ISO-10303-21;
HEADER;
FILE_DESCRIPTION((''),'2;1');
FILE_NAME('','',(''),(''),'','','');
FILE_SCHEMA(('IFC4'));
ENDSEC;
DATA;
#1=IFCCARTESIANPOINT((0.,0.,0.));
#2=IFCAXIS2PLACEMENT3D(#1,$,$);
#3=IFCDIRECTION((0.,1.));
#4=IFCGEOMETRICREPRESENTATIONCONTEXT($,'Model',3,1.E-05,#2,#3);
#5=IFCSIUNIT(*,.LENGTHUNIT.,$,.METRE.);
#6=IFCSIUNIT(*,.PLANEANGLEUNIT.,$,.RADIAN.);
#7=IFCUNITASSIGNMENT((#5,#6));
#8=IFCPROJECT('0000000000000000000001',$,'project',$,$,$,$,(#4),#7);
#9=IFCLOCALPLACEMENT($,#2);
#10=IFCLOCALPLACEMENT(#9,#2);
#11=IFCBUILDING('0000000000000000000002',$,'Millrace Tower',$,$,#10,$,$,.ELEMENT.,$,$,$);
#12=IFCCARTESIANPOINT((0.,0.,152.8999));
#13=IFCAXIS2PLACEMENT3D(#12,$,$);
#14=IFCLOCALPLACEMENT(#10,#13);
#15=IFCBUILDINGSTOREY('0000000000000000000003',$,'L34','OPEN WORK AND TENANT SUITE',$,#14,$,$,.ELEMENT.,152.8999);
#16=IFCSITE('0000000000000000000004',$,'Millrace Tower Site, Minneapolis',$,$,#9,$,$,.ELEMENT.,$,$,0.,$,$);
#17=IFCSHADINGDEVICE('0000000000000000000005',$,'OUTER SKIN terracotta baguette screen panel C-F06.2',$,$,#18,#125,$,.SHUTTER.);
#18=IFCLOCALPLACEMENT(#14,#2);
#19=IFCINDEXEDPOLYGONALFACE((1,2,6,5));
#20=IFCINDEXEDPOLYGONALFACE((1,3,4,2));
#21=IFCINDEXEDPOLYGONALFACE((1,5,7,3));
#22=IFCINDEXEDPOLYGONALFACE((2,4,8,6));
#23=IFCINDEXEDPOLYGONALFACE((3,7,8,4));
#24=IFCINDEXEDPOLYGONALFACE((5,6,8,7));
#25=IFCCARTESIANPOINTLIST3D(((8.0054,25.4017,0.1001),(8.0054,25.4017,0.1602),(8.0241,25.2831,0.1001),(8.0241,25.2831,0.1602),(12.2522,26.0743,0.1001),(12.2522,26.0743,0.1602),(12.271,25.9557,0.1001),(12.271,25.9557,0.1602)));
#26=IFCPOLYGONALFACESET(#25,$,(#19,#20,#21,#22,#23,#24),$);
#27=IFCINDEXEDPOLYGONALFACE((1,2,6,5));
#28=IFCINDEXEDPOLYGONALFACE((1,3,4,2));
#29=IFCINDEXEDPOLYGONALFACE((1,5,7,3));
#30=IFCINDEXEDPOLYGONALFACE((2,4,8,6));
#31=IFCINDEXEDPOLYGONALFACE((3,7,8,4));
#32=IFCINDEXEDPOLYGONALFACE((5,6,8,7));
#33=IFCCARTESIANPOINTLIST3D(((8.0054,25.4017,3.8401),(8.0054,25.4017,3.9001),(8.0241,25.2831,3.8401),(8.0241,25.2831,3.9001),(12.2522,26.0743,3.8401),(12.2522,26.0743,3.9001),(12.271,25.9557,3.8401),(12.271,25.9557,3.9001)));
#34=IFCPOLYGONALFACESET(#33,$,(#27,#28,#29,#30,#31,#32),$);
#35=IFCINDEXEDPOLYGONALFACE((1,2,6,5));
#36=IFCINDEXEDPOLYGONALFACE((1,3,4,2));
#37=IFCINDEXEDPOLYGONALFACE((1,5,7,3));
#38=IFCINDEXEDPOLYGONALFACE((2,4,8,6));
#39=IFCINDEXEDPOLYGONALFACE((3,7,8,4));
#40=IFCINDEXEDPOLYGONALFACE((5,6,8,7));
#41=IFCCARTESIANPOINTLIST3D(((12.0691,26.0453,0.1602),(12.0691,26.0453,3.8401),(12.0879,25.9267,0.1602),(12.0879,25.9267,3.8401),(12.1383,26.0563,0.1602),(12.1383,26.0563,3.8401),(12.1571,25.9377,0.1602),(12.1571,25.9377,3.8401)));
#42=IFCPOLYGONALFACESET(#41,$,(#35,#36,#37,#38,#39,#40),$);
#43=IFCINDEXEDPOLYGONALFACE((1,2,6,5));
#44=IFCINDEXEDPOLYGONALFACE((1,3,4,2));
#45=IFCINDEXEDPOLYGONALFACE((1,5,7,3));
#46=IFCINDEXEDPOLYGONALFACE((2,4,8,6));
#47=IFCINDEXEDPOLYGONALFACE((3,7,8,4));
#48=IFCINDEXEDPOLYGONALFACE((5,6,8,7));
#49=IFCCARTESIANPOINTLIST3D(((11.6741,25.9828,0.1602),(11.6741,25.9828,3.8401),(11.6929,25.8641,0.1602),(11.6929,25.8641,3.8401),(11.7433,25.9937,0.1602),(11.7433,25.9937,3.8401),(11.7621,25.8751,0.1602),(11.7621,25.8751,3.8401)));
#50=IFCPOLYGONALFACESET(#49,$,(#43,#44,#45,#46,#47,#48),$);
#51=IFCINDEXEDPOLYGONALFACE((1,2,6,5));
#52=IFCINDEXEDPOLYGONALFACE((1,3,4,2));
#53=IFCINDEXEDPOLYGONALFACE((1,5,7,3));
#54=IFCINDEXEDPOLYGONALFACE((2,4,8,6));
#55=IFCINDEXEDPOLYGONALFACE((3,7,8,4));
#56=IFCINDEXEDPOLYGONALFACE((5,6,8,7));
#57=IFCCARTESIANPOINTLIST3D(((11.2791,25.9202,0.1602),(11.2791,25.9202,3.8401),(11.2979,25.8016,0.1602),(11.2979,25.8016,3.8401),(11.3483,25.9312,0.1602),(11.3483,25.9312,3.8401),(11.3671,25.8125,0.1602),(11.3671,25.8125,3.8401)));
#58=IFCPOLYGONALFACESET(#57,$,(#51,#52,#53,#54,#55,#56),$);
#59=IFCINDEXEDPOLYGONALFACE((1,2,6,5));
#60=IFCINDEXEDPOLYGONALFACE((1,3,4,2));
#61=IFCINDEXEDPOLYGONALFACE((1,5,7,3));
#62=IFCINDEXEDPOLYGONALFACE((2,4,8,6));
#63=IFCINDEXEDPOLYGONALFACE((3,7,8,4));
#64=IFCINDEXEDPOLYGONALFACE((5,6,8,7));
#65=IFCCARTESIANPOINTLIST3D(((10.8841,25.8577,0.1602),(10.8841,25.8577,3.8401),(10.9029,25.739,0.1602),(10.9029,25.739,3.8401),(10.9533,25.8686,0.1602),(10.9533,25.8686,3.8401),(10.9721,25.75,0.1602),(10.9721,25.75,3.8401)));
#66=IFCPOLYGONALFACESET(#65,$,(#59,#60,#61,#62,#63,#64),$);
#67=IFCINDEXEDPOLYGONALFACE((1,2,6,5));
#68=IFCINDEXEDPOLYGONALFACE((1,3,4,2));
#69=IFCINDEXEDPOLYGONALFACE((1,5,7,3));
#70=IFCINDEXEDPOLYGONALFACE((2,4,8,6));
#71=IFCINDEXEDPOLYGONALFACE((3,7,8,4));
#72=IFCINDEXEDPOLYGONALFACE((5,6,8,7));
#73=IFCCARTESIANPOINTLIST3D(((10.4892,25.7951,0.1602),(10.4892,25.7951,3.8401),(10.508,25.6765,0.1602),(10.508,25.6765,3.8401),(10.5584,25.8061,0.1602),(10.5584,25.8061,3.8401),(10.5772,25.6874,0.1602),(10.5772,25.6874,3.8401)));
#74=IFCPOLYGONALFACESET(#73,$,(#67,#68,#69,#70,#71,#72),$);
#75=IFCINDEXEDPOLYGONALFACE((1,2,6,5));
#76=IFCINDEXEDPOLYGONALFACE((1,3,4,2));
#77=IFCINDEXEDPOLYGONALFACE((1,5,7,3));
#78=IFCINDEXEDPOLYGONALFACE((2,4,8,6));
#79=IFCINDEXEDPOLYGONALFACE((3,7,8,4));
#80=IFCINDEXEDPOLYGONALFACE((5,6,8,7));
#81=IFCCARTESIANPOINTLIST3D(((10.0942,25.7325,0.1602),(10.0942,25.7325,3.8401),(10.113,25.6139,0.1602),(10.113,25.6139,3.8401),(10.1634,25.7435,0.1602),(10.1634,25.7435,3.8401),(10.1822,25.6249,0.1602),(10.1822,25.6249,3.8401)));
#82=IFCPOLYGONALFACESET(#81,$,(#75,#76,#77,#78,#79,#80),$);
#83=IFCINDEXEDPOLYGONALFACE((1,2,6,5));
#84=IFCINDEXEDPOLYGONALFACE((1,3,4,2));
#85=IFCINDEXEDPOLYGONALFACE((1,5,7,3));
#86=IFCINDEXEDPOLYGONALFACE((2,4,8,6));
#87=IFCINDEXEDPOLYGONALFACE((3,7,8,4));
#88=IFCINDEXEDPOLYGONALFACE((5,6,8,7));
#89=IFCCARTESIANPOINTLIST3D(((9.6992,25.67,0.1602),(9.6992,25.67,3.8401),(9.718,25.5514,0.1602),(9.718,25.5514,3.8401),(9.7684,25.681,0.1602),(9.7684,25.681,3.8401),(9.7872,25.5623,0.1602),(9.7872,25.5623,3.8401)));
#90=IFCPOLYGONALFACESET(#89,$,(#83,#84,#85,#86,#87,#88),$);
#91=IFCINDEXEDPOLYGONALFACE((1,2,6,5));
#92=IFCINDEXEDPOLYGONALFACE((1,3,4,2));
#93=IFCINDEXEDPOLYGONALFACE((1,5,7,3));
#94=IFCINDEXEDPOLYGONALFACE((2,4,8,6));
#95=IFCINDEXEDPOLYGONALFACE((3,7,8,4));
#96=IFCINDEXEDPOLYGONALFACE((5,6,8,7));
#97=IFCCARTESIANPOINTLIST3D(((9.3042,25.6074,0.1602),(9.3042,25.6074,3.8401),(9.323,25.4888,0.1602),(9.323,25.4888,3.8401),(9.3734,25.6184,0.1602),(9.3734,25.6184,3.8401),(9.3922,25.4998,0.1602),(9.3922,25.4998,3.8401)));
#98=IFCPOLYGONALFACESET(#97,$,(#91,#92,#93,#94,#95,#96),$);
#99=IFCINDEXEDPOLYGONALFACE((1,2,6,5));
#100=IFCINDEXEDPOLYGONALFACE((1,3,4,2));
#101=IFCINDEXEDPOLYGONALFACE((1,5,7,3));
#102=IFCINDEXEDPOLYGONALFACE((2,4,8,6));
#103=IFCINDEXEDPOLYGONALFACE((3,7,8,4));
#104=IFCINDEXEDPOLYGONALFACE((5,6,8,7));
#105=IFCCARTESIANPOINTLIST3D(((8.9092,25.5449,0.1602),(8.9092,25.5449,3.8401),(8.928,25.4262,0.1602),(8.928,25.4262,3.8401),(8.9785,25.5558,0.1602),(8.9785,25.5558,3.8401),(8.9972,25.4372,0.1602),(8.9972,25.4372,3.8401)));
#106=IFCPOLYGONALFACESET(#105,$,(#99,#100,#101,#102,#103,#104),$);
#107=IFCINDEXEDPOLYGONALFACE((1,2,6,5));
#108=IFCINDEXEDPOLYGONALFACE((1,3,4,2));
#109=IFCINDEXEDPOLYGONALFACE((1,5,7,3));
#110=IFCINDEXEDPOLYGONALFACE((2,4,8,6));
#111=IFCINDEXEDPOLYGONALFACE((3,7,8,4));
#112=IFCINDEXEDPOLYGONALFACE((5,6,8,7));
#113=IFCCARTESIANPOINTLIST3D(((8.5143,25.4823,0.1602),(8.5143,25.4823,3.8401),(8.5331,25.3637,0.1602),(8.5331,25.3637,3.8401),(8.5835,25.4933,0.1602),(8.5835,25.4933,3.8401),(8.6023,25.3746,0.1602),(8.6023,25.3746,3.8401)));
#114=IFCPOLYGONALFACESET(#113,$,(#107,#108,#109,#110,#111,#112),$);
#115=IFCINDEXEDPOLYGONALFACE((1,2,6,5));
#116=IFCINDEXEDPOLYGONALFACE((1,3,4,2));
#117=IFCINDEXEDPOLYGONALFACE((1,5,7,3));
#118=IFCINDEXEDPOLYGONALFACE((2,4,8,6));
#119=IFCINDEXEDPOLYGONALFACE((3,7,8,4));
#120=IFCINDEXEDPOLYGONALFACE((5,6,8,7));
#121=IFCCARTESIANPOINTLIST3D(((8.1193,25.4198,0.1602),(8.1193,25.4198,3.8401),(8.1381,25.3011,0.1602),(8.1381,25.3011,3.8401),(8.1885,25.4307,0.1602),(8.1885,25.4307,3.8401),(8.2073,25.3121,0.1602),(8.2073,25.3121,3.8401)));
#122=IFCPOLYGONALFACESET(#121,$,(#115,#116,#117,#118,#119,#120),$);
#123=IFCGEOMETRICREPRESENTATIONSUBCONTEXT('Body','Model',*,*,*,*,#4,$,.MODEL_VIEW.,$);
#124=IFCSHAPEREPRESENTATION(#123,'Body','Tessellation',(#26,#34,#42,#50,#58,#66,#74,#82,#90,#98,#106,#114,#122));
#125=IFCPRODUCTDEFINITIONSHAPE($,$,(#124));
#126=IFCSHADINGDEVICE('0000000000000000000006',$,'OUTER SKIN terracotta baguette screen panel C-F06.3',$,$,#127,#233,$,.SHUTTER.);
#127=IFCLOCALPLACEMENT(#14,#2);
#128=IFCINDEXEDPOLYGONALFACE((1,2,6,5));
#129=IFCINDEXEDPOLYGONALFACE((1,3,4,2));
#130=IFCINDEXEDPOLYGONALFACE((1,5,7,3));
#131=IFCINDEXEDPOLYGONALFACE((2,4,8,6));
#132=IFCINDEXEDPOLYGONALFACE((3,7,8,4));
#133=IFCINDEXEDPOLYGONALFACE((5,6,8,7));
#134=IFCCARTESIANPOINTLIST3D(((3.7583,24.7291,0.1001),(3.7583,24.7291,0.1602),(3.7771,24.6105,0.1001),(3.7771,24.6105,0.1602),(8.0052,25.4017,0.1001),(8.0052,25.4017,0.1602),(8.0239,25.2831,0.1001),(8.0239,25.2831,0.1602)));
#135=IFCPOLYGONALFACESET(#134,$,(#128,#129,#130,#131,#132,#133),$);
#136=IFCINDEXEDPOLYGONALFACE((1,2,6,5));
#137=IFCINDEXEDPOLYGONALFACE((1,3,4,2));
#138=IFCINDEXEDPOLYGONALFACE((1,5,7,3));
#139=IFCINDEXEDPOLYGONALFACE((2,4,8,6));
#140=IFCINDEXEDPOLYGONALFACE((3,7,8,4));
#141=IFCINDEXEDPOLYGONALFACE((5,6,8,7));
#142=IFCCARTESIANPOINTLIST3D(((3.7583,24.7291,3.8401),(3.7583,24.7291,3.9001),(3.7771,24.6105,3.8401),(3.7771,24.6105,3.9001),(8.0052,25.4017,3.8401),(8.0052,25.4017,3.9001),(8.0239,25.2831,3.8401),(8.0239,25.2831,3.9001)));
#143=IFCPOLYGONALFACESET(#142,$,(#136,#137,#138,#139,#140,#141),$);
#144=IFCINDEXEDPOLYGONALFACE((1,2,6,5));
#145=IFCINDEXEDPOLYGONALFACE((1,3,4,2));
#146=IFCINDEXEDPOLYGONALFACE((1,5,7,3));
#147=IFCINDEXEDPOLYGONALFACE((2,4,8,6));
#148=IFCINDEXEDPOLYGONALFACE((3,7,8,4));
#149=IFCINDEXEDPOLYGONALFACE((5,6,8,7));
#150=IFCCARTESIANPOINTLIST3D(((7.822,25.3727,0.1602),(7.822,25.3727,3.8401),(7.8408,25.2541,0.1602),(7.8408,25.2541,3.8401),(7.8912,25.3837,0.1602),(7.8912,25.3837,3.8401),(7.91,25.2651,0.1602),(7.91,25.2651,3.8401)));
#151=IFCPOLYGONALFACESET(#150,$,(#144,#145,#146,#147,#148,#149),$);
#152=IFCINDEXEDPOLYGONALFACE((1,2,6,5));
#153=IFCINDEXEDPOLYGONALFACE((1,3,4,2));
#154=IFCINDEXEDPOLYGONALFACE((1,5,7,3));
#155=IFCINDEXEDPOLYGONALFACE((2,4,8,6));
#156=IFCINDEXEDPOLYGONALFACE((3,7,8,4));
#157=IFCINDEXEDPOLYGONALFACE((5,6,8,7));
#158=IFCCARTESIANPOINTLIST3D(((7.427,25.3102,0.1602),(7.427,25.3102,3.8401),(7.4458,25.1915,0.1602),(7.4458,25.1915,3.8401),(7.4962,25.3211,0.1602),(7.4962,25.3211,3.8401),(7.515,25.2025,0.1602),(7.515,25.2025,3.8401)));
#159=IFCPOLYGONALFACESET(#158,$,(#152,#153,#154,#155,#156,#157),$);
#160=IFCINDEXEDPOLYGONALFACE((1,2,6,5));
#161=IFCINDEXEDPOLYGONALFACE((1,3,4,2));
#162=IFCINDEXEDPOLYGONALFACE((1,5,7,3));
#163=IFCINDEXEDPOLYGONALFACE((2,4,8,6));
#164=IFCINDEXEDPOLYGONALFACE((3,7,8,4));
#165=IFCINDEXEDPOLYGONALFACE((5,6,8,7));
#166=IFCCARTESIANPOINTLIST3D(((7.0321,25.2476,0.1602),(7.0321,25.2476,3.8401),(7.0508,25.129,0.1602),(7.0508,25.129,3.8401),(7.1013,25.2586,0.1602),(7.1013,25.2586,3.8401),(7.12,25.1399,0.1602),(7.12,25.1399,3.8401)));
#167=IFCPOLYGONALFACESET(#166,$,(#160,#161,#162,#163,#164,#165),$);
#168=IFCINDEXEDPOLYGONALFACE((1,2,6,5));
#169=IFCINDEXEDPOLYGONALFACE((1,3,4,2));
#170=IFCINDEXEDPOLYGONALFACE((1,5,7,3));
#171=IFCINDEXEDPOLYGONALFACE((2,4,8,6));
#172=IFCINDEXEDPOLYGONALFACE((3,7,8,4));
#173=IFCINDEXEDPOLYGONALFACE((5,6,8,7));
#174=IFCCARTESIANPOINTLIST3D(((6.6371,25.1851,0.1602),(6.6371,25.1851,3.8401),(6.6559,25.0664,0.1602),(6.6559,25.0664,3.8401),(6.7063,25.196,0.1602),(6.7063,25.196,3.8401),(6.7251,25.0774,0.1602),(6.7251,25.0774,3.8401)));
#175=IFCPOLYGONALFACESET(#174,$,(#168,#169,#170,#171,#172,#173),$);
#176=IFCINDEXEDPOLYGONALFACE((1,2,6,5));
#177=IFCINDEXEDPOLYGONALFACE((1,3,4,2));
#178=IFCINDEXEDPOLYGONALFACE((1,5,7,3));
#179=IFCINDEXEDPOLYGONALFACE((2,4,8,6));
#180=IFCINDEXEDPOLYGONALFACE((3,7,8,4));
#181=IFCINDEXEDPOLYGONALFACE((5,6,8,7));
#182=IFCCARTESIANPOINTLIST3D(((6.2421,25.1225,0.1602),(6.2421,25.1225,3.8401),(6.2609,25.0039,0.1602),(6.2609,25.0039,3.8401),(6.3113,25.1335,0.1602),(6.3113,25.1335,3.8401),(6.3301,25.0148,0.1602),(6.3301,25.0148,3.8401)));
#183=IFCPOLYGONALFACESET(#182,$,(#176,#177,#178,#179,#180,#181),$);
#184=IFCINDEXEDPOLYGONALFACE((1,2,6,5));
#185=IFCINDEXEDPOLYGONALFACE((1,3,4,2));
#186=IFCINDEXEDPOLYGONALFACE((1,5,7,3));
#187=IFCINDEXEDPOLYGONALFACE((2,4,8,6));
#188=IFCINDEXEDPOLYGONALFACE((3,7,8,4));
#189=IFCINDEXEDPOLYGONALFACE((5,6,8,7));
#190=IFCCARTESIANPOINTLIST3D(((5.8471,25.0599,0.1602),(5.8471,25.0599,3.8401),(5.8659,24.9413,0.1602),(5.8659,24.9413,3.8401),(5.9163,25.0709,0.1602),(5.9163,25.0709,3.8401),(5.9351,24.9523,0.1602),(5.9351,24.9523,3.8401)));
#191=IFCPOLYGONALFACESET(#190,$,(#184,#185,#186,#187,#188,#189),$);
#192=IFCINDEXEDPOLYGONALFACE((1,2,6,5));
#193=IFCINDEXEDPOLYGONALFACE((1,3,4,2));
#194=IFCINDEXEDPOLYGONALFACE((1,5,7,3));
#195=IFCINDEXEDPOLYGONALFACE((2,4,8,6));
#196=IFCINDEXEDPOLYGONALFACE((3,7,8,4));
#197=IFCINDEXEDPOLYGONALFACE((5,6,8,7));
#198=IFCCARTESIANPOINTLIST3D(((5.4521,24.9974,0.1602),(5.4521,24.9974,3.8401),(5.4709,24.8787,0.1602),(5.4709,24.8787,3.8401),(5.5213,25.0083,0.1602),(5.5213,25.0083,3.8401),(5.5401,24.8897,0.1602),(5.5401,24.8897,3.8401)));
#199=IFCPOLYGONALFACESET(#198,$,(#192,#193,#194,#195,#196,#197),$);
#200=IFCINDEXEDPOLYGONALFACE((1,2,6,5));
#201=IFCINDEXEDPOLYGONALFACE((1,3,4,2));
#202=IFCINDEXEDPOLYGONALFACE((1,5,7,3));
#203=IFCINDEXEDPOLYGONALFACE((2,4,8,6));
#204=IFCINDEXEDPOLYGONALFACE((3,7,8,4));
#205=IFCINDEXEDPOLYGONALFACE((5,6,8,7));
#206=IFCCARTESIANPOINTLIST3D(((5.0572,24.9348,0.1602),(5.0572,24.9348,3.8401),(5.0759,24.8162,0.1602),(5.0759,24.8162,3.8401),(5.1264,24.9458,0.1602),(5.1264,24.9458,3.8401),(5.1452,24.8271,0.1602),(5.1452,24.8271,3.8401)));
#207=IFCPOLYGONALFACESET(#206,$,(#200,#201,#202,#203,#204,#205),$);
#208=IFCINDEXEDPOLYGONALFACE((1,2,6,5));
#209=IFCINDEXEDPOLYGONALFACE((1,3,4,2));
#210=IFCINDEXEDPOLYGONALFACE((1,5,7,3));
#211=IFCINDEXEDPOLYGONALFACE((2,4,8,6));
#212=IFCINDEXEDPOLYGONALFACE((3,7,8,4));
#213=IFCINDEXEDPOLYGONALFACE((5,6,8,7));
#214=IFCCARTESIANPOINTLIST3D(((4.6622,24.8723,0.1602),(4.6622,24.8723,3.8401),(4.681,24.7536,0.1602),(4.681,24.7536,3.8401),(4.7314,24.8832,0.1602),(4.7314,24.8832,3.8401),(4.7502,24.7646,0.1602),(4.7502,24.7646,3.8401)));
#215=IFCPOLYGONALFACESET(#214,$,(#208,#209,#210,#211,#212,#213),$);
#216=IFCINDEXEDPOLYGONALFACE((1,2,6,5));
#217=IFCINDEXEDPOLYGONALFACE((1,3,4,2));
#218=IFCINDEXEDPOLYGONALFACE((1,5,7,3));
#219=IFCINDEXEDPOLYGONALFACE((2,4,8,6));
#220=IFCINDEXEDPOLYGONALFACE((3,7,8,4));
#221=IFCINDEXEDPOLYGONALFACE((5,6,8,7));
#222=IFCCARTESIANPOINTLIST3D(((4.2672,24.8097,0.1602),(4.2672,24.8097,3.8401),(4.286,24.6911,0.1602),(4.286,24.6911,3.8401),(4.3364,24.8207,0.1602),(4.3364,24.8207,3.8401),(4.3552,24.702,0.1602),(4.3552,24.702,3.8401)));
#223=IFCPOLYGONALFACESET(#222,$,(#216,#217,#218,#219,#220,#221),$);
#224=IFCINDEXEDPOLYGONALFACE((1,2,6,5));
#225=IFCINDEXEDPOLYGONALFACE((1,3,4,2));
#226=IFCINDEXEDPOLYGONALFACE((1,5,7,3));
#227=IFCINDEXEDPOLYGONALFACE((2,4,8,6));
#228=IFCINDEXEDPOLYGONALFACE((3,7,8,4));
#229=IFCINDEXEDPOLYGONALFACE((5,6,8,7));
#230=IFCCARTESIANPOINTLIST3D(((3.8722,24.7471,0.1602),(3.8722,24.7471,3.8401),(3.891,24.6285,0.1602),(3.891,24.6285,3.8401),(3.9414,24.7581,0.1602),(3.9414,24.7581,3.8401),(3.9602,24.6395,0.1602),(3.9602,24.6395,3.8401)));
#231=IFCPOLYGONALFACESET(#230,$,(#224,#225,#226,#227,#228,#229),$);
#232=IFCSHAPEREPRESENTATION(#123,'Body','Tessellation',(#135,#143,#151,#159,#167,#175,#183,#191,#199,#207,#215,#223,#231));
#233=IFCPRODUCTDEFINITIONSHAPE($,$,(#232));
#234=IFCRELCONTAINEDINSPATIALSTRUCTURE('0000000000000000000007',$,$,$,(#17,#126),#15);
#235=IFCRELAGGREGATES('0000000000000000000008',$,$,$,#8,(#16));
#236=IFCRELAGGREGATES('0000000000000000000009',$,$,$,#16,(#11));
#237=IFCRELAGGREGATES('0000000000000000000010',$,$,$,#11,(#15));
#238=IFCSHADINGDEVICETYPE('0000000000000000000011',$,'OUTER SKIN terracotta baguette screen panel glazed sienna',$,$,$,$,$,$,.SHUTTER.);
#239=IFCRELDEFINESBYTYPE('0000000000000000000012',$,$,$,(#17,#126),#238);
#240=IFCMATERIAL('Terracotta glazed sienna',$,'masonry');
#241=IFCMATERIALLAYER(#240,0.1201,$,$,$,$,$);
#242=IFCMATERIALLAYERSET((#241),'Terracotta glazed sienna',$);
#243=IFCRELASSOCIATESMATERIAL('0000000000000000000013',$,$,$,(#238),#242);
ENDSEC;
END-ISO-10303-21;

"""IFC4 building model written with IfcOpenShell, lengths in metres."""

from ifc_helpers import new_model, entity, si_unit, direction, frame, frame_2d, origin, origin_2d, place, context, subcontext, project, spatial, rectangle, extrude, source, transform, mapped, material, layer, layer_set, type_object, element, save


model = new_model("IFC4")

# Units and contexts
model_context = context("Model", 3, precision=1e-05, world=origin(), true_north=direction((0.0, 1.0)))
body_context = subcontext(model_context, "Body", "Model", "MODEL_VIEW")
ifc_project = project(units=[si_unit("LENGTHUNIT", "METRE"), si_unit("PLANEANGLEUNIT", "RADIAN")], contexts=[model_context])

# Site, building, storey
site_placement = place(None, origin())
site = spatial("IfcSite", under=ifc_project, at=site_placement, Name="Millrace Tower Site, Minneapolis", CompositionType="ELEMENT", RefElevation=0.0)
building_placement = place(site_placement, origin())
building = spatial("IfcBuilding", under=site, at=building_placement, Name="Millrace Tower", CompositionType="ELEMENT")
storey_placement = place(building_placement, frame((0.0, 0.0, 152.8999)))
storey = spatial("IfcBuildingStorey", under=building, at=storey_placement, Name="L34", Description="OPEN WORK AND TENANT SUITE", CompositionType="ELEMENT", Elevation=152.8999)

# Shading devices
ifc_material_1 = material(Name="Terracotta glazed sienna", Category="masonry")
ifc_layer_1 = layer(ifc_material_1, 0.1201)
ifc_layer_set_1 = layer_set([ifc_layer_1], Name="Terracotta glazed sienna")
shading_device_type = type_object("IfcShadingDeviceType", Name="OUTER SKIN terracotta baguette screen panel glazed sienna", PredefinedType="SHUTTER", material=ifc_layer_set_1)
cartesian_point_1 = entity("IfcCartesianPoint", [-2.1499, 0.0601])
shared_polyline_1 = entity("IfcPolyline", [cartesian_point_1, entity("IfcCartesianPoint", [2.1499, 0.0601]), entity("IfcCartesianPoint", [2.1499, -0.0601]), entity("IfcCartesianPoint", [-2.1499, -0.0601]), cartesian_point_1])
shared_shape_1 = source(origin(), body_context, "Body", "SweptSolid", [
    entity("IfcExtrudedAreaSolid", entity("IfcArbitraryClosedProfileDef", "AREA", None, shared_polyline_1), entity("IfcAxis2Placement3D", entity("IfcCartesianPoint", [0.0, 0.0, 0.0])), entity("IfcDirection", [0.0, 0.0, 1.0]), 0.0601),
    entity("IfcExtrudedAreaSolid", entity("IfcArbitraryClosedProfileDef", "AREA", None, shared_polyline_1), entity("IfcAxis2Placement3D", entity("IfcCartesianPoint", [0.0, 0.0, 3.74])), entity("IfcDirection", [0.0, 0.0, 1.0]), 0.0601),
    extrude(rectangle(XDim=0.0701, YDim=0.1201, at=frame_2d((-1.9995, 0.0))), frame((0.0, 0.0, 0.0601)), (0.0, 0.0, 1.0), 3.6799),
    extrude(rectangle(XDim=0.0701, YDim=0.1201, at=frame_2d((-1.5996, 0.0))), frame((0.0, 0.0, 0.0601)), (0.0, 0.0, 1.0), 3.6799),
    extrude(rectangle(XDim=0.0701, YDim=0.1201, at=frame_2d((-1.1997, 0.0))), frame((0.0, 0.0, 0.0601)), (0.0, 0.0, 1.0), 3.6799),
    extrude(rectangle(XDim=0.0701, YDim=0.1201, at=frame_2d((-0.7998, 0.0))), frame((0.0, 0.0, 0.0601)), (0.0, 0.0, 1.0), 3.6799),
    extrude(rectangle(XDim=0.0701, YDim=0.1201, at=frame_2d((-0.3999, 0.0))), frame((0.0, 0.0, 0.0601)), (0.0, 0.0, 1.0), 3.6799),
    extrude(rectangle(XDim=0.0701, YDim=0.1201, at=origin_2d()), frame((0.0, 0.0, 0.0601)), (0.0, 0.0, 1.0), 3.6799),
    extrude(rectangle(XDim=0.0701, YDim=0.1201, at=frame_2d((0.3999, 0.0))), frame((0.0, 0.0, 0.0601)), (0.0, 0.0, 1.0), 3.6799),
    extrude(rectangle(XDim=0.0701, YDim=0.1201, at=frame_2d((0.7998, 0.0))), frame((0.0, 0.0, 0.0601)), (0.0, 0.0, 1.0), 3.6799),
    extrude(rectangle(XDim=0.0701, YDim=0.1201, at=frame_2d((1.1997, 0.0))), frame((0.0, 0.0, 0.0601)), (0.0, 0.0, 1.0), 3.6799),
    extrude(rectangle(XDim=0.0701, YDim=0.1201, at=frame_2d((1.5996, 0.0))), frame((0.0, 0.0, 0.0601)), (0.0, 0.0, 1.0), 3.6799),
    extrude(rectangle(XDim=0.0701, YDim=0.1201, at=frame_2d((1.9995, 0.0))), frame((0.0, 0.0, 0.0601)), (0.0, 0.0, 1.0), 3.6799),
])
for number, where, z_axis, x_axis, name in (
    (1, (10.1382, 25.6787, 0.1001), (0.0, 0.0, 1.0), (-0.987688, -0.156434, 0.0), "OUTER SKIN terracotta baguette screen panel C-F06.2"),
    (2, (5.8911, 25.0061, 0.1001), (0.0, 0.0, 1.0), (-0.987688, -0.156434, 0.0), "OUTER SKIN terracotta baguette screen panel C-F06.3"),
):
    element("IfcShadingDevice", number, at=place(storey_placement, frame(where, z_axis=z_axis, x_axis=x_axis)), inside=storey, type_object=shading_device_type, Name=name, PredefinedType="SHUTTER", context=body_context, shape_type="MappedRepresentation", body=[
        mapped(shared_shape_1, transform((0.0, 0.0, 0.0), scale=1.0)),
    ])

save(model, "model.ifc")
